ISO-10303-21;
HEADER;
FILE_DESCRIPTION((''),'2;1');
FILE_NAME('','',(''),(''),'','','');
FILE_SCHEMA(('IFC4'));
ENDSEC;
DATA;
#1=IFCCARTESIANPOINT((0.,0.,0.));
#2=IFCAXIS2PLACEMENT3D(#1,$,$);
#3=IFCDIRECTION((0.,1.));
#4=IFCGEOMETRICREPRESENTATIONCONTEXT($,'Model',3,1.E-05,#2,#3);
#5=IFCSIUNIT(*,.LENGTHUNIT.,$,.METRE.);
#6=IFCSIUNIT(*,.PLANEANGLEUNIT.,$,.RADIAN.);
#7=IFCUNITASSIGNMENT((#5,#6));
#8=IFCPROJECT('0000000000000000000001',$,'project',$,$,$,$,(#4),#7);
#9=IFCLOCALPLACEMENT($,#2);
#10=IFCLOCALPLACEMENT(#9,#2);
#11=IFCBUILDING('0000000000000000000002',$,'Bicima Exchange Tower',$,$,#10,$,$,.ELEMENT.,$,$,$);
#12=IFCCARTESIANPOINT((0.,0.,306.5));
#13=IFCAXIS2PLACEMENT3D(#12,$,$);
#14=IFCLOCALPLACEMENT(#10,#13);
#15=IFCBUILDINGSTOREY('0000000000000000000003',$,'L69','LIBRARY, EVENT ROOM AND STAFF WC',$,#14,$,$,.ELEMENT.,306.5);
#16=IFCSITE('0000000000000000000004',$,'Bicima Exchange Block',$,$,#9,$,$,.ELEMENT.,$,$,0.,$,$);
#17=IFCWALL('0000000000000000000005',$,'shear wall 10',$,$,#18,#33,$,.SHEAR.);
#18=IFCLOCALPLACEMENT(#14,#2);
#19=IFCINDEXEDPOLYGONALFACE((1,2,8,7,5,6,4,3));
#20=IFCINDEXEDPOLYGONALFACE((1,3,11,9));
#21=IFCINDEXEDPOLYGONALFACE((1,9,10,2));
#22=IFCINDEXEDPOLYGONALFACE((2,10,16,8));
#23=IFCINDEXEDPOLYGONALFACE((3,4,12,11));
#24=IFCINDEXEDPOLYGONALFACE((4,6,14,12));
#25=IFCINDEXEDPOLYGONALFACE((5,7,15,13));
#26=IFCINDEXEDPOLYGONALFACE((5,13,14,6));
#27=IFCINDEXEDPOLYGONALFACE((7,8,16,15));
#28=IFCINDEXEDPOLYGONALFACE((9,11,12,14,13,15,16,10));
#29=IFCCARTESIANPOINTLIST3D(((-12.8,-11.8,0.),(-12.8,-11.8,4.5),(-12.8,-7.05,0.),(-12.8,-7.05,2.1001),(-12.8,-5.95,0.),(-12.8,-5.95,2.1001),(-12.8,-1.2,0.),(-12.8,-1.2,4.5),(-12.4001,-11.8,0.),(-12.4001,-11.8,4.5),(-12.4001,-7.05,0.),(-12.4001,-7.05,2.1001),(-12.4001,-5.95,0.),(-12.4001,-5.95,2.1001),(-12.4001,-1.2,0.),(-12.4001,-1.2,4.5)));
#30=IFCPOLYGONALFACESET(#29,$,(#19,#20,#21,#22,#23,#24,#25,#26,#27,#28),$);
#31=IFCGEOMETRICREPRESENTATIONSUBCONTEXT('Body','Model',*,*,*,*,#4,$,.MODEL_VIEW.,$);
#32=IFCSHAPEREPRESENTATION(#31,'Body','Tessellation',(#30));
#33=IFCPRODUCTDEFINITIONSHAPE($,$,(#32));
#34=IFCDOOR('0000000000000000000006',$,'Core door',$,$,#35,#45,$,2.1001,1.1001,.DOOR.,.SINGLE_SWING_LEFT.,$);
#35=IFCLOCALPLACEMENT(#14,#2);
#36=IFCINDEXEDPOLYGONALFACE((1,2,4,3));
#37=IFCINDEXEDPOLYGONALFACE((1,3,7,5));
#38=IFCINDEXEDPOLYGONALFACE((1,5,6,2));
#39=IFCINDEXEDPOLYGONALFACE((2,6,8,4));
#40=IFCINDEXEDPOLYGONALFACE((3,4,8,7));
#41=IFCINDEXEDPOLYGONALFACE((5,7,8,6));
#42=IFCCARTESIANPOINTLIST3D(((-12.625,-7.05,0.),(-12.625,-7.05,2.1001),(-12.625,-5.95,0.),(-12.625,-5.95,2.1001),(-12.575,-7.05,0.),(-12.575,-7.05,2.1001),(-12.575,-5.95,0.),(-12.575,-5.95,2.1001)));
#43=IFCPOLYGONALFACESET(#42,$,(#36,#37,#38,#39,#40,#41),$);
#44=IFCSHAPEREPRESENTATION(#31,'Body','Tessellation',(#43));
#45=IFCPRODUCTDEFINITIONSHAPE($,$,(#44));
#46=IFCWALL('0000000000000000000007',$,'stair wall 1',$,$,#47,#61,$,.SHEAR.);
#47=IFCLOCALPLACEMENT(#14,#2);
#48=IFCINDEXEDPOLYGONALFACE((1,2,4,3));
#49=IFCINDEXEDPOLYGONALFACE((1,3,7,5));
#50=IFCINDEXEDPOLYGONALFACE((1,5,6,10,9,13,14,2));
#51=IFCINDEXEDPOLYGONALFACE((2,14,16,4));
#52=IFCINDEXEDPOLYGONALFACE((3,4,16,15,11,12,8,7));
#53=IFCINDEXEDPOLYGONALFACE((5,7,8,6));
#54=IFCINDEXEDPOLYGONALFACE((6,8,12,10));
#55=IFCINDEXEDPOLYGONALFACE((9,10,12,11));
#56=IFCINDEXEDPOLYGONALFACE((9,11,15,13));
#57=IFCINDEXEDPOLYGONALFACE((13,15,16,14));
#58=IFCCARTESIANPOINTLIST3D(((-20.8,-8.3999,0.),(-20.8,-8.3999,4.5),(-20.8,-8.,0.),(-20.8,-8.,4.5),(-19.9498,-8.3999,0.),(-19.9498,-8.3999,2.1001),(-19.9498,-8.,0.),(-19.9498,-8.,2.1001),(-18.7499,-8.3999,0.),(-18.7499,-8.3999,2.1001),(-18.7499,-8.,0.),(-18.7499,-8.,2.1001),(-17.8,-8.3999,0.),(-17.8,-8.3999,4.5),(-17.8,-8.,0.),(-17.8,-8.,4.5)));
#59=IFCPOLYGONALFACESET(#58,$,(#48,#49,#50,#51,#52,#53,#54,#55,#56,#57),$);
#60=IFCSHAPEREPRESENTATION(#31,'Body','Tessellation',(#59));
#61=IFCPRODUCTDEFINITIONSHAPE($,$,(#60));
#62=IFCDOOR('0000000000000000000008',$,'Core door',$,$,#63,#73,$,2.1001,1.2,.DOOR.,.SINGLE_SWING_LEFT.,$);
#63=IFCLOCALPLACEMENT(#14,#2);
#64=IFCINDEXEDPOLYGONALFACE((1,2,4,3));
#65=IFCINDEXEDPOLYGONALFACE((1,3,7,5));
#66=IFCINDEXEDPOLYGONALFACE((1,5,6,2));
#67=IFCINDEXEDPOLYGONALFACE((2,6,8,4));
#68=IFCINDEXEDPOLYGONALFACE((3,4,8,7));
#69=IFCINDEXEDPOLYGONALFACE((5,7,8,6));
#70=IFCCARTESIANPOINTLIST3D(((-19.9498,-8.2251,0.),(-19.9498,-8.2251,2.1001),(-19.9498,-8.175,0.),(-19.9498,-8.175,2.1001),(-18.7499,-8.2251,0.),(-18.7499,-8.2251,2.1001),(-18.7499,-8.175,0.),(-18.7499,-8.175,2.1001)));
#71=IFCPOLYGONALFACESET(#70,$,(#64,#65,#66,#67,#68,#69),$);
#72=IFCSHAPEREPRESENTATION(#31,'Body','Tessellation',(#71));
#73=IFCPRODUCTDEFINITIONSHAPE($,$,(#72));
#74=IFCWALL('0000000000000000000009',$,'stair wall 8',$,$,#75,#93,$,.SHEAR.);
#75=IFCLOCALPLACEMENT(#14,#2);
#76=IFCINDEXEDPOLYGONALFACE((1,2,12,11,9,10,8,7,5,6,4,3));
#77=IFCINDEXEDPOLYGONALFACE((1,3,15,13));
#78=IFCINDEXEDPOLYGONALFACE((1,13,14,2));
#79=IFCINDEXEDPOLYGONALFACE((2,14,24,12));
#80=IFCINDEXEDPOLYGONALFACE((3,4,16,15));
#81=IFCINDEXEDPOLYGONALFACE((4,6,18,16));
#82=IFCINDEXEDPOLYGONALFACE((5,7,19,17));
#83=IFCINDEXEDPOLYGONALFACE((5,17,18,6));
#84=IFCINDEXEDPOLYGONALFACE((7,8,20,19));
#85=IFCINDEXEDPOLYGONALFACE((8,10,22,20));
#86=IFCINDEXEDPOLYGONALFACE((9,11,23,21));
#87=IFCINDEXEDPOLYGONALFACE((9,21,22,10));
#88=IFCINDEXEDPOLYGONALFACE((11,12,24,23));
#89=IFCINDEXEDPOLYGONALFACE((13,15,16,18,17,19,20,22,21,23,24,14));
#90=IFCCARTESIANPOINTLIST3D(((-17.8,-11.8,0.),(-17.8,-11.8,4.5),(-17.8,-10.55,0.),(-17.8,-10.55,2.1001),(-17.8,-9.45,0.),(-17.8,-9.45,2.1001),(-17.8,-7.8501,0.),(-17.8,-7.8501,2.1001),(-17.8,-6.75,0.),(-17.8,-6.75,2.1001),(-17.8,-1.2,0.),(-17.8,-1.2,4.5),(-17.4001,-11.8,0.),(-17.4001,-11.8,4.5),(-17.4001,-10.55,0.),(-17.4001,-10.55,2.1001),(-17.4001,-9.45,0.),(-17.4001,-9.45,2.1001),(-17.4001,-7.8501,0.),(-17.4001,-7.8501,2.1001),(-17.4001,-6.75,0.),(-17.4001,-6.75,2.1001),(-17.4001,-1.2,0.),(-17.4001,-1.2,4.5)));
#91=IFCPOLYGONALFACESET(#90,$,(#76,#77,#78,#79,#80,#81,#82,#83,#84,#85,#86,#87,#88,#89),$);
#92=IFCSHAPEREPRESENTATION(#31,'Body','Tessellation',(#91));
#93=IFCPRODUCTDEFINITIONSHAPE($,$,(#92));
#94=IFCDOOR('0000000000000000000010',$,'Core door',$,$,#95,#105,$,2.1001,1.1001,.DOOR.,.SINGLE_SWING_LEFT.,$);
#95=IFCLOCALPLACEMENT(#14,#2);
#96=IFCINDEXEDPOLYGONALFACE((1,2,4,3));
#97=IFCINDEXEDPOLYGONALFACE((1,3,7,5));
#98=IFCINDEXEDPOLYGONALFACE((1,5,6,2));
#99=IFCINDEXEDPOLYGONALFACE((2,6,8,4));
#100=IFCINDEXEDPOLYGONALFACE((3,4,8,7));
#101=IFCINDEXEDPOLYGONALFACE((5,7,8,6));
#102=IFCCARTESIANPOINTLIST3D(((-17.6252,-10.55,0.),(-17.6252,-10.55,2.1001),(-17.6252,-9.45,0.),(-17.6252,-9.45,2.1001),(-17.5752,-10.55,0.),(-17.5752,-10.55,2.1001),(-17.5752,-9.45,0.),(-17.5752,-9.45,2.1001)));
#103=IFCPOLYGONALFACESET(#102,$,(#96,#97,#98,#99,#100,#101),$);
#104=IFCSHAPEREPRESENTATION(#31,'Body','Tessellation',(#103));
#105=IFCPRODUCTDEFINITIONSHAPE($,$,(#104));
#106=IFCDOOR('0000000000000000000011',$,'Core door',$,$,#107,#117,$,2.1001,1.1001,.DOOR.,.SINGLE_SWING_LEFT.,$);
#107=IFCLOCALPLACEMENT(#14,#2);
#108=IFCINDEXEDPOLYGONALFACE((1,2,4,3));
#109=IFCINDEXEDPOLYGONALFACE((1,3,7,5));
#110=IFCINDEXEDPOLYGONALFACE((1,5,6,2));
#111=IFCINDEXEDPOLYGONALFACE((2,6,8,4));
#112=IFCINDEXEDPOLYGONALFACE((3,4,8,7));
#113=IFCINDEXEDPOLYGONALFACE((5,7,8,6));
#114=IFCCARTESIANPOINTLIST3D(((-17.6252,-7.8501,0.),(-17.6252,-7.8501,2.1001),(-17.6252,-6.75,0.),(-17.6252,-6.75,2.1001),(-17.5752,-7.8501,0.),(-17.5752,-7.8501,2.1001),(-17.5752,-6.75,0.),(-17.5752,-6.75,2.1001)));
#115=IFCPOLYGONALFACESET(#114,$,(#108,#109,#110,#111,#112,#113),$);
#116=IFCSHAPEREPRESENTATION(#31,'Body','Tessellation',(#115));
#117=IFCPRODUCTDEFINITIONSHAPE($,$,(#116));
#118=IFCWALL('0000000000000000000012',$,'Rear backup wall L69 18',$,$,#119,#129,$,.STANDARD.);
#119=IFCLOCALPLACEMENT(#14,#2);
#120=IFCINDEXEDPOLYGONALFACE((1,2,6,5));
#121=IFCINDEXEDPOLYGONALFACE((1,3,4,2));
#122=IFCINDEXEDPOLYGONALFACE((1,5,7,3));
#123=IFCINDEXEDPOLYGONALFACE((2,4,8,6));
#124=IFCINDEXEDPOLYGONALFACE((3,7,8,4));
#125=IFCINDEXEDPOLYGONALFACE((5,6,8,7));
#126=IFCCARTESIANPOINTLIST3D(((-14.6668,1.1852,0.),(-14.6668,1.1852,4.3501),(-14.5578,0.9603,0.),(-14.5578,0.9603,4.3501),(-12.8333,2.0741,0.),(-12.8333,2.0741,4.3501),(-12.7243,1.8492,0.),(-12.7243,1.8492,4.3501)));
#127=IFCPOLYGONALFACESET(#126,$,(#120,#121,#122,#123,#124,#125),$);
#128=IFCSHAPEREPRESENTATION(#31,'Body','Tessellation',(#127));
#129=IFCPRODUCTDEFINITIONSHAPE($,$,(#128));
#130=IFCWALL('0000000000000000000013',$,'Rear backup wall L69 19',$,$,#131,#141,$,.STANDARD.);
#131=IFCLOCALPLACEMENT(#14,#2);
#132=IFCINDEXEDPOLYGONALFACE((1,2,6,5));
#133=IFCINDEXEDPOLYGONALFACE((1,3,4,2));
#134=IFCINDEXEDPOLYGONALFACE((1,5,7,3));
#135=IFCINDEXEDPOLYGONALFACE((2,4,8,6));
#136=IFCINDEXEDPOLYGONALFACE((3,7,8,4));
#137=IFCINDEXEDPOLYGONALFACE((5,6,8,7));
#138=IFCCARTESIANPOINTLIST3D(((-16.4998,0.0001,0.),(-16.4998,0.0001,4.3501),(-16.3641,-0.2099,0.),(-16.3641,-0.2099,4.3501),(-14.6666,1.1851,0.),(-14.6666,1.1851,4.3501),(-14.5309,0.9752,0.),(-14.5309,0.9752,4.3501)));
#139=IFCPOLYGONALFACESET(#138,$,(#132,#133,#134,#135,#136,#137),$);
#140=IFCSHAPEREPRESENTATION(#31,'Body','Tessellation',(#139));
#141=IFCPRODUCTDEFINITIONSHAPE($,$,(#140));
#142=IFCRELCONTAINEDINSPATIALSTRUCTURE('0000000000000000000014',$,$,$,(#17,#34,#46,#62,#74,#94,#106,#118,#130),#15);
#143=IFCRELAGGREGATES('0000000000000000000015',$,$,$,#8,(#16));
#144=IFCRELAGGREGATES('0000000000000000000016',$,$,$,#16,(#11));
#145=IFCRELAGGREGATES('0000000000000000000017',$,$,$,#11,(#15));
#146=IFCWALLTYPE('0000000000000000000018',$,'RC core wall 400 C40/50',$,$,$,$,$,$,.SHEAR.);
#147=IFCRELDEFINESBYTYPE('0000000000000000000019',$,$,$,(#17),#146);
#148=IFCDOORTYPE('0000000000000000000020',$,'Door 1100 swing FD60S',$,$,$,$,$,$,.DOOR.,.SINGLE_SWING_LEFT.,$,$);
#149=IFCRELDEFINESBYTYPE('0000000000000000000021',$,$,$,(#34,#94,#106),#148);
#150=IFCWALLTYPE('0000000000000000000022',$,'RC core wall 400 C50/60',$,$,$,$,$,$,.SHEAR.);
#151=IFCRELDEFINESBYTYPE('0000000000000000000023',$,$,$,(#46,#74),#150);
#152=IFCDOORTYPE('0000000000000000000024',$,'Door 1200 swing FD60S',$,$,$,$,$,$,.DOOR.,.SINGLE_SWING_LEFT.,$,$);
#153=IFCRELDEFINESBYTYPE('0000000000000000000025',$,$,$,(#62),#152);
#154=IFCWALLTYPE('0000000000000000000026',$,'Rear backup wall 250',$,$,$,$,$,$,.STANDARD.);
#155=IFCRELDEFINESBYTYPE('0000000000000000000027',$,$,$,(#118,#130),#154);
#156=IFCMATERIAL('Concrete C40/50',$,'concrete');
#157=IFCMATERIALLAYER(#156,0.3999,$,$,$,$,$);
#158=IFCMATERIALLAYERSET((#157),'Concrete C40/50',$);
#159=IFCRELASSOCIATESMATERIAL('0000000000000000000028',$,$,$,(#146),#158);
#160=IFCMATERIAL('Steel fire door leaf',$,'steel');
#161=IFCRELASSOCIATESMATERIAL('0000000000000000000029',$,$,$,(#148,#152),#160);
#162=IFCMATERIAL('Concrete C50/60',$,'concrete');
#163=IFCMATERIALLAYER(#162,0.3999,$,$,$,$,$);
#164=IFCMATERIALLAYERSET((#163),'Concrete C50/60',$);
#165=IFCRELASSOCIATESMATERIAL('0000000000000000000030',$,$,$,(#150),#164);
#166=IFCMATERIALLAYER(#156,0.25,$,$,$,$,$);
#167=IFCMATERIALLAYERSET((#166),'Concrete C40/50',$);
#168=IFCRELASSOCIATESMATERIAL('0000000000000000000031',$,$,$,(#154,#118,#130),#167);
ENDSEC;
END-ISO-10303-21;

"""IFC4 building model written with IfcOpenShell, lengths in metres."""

from ifc_helpers import new_model, si_unit, direction, frame, frame_2d, origin, place, context, subcontext, project, spatial, rectangle, extrude, material, layer, layer_set, layer_usage, type_object, element, fill, save


model = new_model("IFC4")

# Units and contexts
model_context = context("Model", 3, precision=1e-05, world=origin(), true_north=direction((0.0, 1.0)))
body_context = subcontext(model_context, "Body", "Model", "MODEL_VIEW")
ifc_project = project(units=[si_unit("LENGTHUNIT", "METRE"), si_unit("PLANEANGLEUNIT", "RADIAN")], contexts=[model_context])

# Site, building, storey
site_placement = place(None, origin())
site = spatial("IfcSite", under=ifc_project, at=site_placement, Name="Bicima Exchange Block", CompositionType="ELEMENT", RefElevation=0.0)
building_placement = place(site_placement, origin())
building = spatial("IfcBuilding", under=site, at=building_placement, Name="Bicima Exchange Tower", CompositionType="ELEMENT")
storey_placement = place(building_placement, frame((0.0, 0.0, 306.5)))
storey = spatial("IfcBuildingStorey", under=building, at=storey_placement, Name="L69", Description="LIBRARY, EVENT ROOM AND STAFF WC", CompositionType="ELEMENT", Elevation=306.5)

# Shared definitions
ifc_material_1 = material(Name="Concrete C40/50", Category="concrete")
ifc_layer_1 = layer(ifc_material_1, 0.3999)
ifc_layer_set_1 = layer_set([ifc_layer_1], Name="Concrete C40/50")
wall_type_1 = type_object("IfcWallType", Name="RC core wall 400 C40/50", PredefinedType="SHEAR", material=ifc_layer_set_1)

# Shared definitions
ifc_material_2 = material(Name="Steel fire door leaf", Category="steel")

# Walls, openings, doors
wall_1_placement = place(storey_placement, frame((-12.6001, -11.8, 0.0), z_axis=(0.0, 0.0, 1.0), x_axis=(0.0, 1.0, 0.0)))
wall_1 = element("IfcWall", 1, at=wall_1_placement, inside=storey, type_object=wall_type_1, Name="shear wall 10", PredefinedType="SHEAR", context=body_context, shape_type="SweptSolid", body=[
    extrude(rectangle(XDim=10.6001, YDim=0.3999, at=frame_2d((5.3, 0.0))), origin(), (0.0, 0.0, 1.0), 4.5),
])
opening_1_placement = place(wall_1_placement, frame((4.75, 0.0, 0.0)))
opening_1 = element("IfcOpeningElement", 2, at=opening_1_placement, cuts=wall_1, PredefinedType="OPENING", context=body_context, shape_type="SweptSolid", body=[
    extrude(rectangle(XDim=1.1001, YDim=2.1001, at=frame_2d((0.55, 1.05))), frame((0.0, 0.2119, 0.0), z_axis=(0.0, -1.0, 0.0), x_axis=(1.0, 0.0, 0.0)), (0.0, 0.0, 1.0), 0.4238),
])
door_type_1 = type_object("IfcDoorType", Name="Door 1100 swing FD60S", OperationType="SINGLE_SWING_LEFT", PredefinedType="DOOR", material=ifc_material_2)
door_1_placement = place(opening_1_placement, origin())
door_1 = element("IfcDoor", 3, at=door_1_placement, inside=storey, type_object=door_type_1, Name="Core door", OperationType="SINGLE_SWING_LEFT", OverallHeight=2.1001, OverallWidth=1.1001, PredefinedType="DOOR", context=body_context, shape_type="SweptSolid", body=[
    extrude(rectangle(XDim=1.1001, YDim=2.1001, at=frame_2d((0.55, 1.05))), frame((0.0, 0.0249, 0.0), z_axis=(0.0, -1.0, 0.0), x_axis=(1.0, 0.0, 0.0)), (0.0, 0.0, 1.0), 0.05),
])
fill(opening_1, door_1)
ifc_material_3 = material(Name="Concrete C50/60", Category="concrete")
ifc_layer_2 = layer(ifc_material_3, 0.3999)
ifc_layer_set_2 = layer_set([ifc_layer_2], Name="Concrete C50/60")
wall_type_2 = type_object("IfcWallType", Name="RC core wall 400 C50/60", PredefinedType="SHEAR", material=ifc_layer_set_2)
wall_2_placement = place(storey_placement, frame((-20.8, -8.2, 0.0), z_axis=(0.0, 0.0, 1.0), x_axis=(1.0, 0.0, 0.0)))
wall_2 = element("IfcWall", 4, at=wall_2_placement, inside=storey, type_object=wall_type_2, Name="stair wall 1", PredefinedType="SHEAR", context=body_context, shape_type="SweptSolid", body=[
    extrude(rectangle(XDim=3.0, YDim=0.3999, at=frame_2d((1.5, 0.0))), origin(), (0.0, 0.0, 1.0), 4.5),
])
opening_2_placement = place(wall_2_placement, frame((0.8501, 0.0, 0.0)))
opening_2 = element("IfcOpeningElement", 5, at=opening_2_placement, cuts=wall_2, PredefinedType="OPENING", context=body_context, shape_type="SweptSolid", body=[
    extrude(rectangle(XDim=1.2, YDim=2.1001, at=frame_2d((0.6001, 1.05))), frame((0.0, 0.2119, 0.0), z_axis=(0.0, -1.0, 0.0), x_axis=(1.0, 0.0, 0.0)), (0.0, 0.0, 1.0), 0.4238),
])
door_type_2 = type_object("IfcDoorType", Name="Door 1200 swing FD60S", OperationType="SINGLE_SWING_LEFT", PredefinedType="DOOR", material=ifc_material_2)
door_2_placement = place(opening_2_placement, origin())
door_2 = element("IfcDoor", 6, at=door_2_placement, inside=storey, type_object=door_type_2, Name="Core door", OperationType="SINGLE_SWING_LEFT", OverallHeight=2.1001, OverallWidth=1.2, PredefinedType="DOOR", context=body_context, shape_type="SweptSolid", body=[
    extrude(rectangle(XDim=1.2, YDim=2.1001, at=frame_2d((0.6001, 1.05))), frame((0.0, 0.0249, 0.0), z_axis=(0.0, -1.0, 0.0), x_axis=(1.0, 0.0, 0.0)), (0.0, 0.0, 1.0), 0.05),
])
fill(opening_2, door_2)

# Wall, openings, doors
wall_3_placement = place(storey_placement, frame((-17.6001, -11.8, 0.0), z_axis=(0.0, 0.0, 1.0), x_axis=(0.0, 1.0, 0.0)))
wall_3 = element("IfcWall", 7, at=wall_3_placement, inside=storey, type_object=wall_type_2, Name="stair wall 8", PredefinedType="SHEAR", context=body_context, shape_type="SweptSolid", body=[
    extrude(rectangle(XDim=10.6001, YDim=0.3999, at=frame_2d((5.3, 0.0))), origin(), (0.0, 0.0, 1.0), 4.5),
])
opening_3_placement = place(wall_3_placement, frame((1.25, 0.0, 0.0)))
opening_3 = element("IfcOpeningElement", 8, at=opening_3_placement, cuts=wall_3, PredefinedType="OPENING", context=body_context, shape_type="SweptSolid", body=[
    extrude(rectangle(XDim=1.1001, YDim=2.1001, at=frame_2d((0.55, 1.05))), frame((0.0, 0.2119, 0.0), z_axis=(0.0, -1.0, 0.0), x_axis=(1.0, 0.0, 0.0)), (0.0, 0.0, 1.0), 0.4238),
])
opening_4_placement = place(wall_3_placement, frame((3.95, 0.0, 0.0)))
opening_4 = element("IfcOpeningElement", 9, at=opening_4_placement, cuts=wall_3, PredefinedType="OPENING", context=body_context, shape_type="SweptSolid", body=[
    extrude(rectangle(XDim=1.1001, YDim=2.1001, at=frame_2d((0.55, 1.05))), frame((0.0, 0.2119, 0.0), z_axis=(0.0, -1.0, 0.0), x_axis=(1.0, 0.0, 0.0)), (0.0, 0.0, 1.0), 0.4238),
])
door_3_placement = place(opening_3_placement, frame((1.1001, 0.0, 0.0), z_axis=(0.0, 0.0, 1.0), x_axis=(-1.0, 0.0, 0.0)))
door_3 = element("IfcDoor", 10, at=door_3_placement, inside=storey, type_object=door_type_1, Name="Core door", OperationType="SINGLE_SWING_LEFT", OverallHeight=2.1001, OverallWidth=1.1001, PredefinedType="DOOR", context=body_context, shape_type="SweptSolid", body=[
    extrude(rectangle(XDim=1.1001, YDim=2.1001, at=frame_2d((0.55, 1.05))), frame((0.0, 0.0249, 0.0), z_axis=(0.0, -1.0, 0.0), x_axis=(1.0, 0.0, 0.0)), (0.0, 0.0, 1.0), 0.05),
])
fill(opening_3, door_3)
door_4_placement = place(opening_4_placement, frame((1.1001, 0.0, 0.0), z_axis=(0.0, 0.0, 1.0), x_axis=(-1.0, 0.0, 0.0)))
door_4 = element("IfcDoor", 11, at=door_4_placement, inside=storey, type_object=door_type_1, Name="Core door", OperationType="SINGLE_SWING_LEFT", OverallHeight=2.1001, OverallWidth=1.1001, PredefinedType="DOOR", context=body_context, shape_type="SweptSolid", body=[
    extrude(rectangle(XDim=1.1001, YDim=2.1001, at=frame_2d((0.55, 1.05))), frame((0.0, 0.0249, 0.0), z_axis=(0.0, -1.0, 0.0), x_axis=(1.0, 0.0, 0.0)), (0.0, 0.0, 1.0), 0.05),
])
fill(opening_4, door_4)

# Walls
ifc_layer_3 = layer(ifc_material_1, 0.25)
ifc_layer_set_3 = layer_set([ifc_layer_3], Name="Concrete C40/50")
ifc_layer_usage = layer_usage(ifc_layer_set_3, "AXIS2", "POSITIVE", -0.125)
wall_type_3 = type_object("IfcWallType", Name="Rear backup wall 250", PredefinedType="STANDARD", material=ifc_layer_set_3)
wall_4_placement = place(storey_placement, frame((-12.7788, 1.9617, 0.0), z_axis=(0.0, 0.0, 1.0), x_axis=(-0.899824, -0.436253, 0.0)))
element("IfcWall", 12, at=wall_4_placement, inside=storey, type_object=wall_type_3, material=ifc_layer_usage, Name="Rear backup wall L69 18", PredefinedType="STANDARD", context=body_context, shape_type="SweptSolid", body=[
    extrude(rectangle(XDim=2.0376, YDim=0.25, at=frame_2d((1.0188, 0.0))), origin(), (0.0, 0.0, 1.0), 4.3501),
])
wall_5_placement = place(storey_placement, frame((-14.5989, 1.0801, 0.0), z_axis=(0.0, 0.0, 1.0), x_axis=(-0.839813, -0.542876, 0.0)))
element("IfcWall", 13, at=wall_5_placement, inside=storey, type_object=wall_type_3, material=ifc_layer_usage, Name="Rear backup wall L69 19", PredefinedType="STANDARD", context=body_context, shape_type="SweptSolid", body=[
    extrude(rectangle(XDim=2.1829, YDim=0.25, at=frame_2d((1.0913, 0.0))), origin(), (0.0, 0.0, 1.0), 4.3501),
])

save(model, "model.ifc")
